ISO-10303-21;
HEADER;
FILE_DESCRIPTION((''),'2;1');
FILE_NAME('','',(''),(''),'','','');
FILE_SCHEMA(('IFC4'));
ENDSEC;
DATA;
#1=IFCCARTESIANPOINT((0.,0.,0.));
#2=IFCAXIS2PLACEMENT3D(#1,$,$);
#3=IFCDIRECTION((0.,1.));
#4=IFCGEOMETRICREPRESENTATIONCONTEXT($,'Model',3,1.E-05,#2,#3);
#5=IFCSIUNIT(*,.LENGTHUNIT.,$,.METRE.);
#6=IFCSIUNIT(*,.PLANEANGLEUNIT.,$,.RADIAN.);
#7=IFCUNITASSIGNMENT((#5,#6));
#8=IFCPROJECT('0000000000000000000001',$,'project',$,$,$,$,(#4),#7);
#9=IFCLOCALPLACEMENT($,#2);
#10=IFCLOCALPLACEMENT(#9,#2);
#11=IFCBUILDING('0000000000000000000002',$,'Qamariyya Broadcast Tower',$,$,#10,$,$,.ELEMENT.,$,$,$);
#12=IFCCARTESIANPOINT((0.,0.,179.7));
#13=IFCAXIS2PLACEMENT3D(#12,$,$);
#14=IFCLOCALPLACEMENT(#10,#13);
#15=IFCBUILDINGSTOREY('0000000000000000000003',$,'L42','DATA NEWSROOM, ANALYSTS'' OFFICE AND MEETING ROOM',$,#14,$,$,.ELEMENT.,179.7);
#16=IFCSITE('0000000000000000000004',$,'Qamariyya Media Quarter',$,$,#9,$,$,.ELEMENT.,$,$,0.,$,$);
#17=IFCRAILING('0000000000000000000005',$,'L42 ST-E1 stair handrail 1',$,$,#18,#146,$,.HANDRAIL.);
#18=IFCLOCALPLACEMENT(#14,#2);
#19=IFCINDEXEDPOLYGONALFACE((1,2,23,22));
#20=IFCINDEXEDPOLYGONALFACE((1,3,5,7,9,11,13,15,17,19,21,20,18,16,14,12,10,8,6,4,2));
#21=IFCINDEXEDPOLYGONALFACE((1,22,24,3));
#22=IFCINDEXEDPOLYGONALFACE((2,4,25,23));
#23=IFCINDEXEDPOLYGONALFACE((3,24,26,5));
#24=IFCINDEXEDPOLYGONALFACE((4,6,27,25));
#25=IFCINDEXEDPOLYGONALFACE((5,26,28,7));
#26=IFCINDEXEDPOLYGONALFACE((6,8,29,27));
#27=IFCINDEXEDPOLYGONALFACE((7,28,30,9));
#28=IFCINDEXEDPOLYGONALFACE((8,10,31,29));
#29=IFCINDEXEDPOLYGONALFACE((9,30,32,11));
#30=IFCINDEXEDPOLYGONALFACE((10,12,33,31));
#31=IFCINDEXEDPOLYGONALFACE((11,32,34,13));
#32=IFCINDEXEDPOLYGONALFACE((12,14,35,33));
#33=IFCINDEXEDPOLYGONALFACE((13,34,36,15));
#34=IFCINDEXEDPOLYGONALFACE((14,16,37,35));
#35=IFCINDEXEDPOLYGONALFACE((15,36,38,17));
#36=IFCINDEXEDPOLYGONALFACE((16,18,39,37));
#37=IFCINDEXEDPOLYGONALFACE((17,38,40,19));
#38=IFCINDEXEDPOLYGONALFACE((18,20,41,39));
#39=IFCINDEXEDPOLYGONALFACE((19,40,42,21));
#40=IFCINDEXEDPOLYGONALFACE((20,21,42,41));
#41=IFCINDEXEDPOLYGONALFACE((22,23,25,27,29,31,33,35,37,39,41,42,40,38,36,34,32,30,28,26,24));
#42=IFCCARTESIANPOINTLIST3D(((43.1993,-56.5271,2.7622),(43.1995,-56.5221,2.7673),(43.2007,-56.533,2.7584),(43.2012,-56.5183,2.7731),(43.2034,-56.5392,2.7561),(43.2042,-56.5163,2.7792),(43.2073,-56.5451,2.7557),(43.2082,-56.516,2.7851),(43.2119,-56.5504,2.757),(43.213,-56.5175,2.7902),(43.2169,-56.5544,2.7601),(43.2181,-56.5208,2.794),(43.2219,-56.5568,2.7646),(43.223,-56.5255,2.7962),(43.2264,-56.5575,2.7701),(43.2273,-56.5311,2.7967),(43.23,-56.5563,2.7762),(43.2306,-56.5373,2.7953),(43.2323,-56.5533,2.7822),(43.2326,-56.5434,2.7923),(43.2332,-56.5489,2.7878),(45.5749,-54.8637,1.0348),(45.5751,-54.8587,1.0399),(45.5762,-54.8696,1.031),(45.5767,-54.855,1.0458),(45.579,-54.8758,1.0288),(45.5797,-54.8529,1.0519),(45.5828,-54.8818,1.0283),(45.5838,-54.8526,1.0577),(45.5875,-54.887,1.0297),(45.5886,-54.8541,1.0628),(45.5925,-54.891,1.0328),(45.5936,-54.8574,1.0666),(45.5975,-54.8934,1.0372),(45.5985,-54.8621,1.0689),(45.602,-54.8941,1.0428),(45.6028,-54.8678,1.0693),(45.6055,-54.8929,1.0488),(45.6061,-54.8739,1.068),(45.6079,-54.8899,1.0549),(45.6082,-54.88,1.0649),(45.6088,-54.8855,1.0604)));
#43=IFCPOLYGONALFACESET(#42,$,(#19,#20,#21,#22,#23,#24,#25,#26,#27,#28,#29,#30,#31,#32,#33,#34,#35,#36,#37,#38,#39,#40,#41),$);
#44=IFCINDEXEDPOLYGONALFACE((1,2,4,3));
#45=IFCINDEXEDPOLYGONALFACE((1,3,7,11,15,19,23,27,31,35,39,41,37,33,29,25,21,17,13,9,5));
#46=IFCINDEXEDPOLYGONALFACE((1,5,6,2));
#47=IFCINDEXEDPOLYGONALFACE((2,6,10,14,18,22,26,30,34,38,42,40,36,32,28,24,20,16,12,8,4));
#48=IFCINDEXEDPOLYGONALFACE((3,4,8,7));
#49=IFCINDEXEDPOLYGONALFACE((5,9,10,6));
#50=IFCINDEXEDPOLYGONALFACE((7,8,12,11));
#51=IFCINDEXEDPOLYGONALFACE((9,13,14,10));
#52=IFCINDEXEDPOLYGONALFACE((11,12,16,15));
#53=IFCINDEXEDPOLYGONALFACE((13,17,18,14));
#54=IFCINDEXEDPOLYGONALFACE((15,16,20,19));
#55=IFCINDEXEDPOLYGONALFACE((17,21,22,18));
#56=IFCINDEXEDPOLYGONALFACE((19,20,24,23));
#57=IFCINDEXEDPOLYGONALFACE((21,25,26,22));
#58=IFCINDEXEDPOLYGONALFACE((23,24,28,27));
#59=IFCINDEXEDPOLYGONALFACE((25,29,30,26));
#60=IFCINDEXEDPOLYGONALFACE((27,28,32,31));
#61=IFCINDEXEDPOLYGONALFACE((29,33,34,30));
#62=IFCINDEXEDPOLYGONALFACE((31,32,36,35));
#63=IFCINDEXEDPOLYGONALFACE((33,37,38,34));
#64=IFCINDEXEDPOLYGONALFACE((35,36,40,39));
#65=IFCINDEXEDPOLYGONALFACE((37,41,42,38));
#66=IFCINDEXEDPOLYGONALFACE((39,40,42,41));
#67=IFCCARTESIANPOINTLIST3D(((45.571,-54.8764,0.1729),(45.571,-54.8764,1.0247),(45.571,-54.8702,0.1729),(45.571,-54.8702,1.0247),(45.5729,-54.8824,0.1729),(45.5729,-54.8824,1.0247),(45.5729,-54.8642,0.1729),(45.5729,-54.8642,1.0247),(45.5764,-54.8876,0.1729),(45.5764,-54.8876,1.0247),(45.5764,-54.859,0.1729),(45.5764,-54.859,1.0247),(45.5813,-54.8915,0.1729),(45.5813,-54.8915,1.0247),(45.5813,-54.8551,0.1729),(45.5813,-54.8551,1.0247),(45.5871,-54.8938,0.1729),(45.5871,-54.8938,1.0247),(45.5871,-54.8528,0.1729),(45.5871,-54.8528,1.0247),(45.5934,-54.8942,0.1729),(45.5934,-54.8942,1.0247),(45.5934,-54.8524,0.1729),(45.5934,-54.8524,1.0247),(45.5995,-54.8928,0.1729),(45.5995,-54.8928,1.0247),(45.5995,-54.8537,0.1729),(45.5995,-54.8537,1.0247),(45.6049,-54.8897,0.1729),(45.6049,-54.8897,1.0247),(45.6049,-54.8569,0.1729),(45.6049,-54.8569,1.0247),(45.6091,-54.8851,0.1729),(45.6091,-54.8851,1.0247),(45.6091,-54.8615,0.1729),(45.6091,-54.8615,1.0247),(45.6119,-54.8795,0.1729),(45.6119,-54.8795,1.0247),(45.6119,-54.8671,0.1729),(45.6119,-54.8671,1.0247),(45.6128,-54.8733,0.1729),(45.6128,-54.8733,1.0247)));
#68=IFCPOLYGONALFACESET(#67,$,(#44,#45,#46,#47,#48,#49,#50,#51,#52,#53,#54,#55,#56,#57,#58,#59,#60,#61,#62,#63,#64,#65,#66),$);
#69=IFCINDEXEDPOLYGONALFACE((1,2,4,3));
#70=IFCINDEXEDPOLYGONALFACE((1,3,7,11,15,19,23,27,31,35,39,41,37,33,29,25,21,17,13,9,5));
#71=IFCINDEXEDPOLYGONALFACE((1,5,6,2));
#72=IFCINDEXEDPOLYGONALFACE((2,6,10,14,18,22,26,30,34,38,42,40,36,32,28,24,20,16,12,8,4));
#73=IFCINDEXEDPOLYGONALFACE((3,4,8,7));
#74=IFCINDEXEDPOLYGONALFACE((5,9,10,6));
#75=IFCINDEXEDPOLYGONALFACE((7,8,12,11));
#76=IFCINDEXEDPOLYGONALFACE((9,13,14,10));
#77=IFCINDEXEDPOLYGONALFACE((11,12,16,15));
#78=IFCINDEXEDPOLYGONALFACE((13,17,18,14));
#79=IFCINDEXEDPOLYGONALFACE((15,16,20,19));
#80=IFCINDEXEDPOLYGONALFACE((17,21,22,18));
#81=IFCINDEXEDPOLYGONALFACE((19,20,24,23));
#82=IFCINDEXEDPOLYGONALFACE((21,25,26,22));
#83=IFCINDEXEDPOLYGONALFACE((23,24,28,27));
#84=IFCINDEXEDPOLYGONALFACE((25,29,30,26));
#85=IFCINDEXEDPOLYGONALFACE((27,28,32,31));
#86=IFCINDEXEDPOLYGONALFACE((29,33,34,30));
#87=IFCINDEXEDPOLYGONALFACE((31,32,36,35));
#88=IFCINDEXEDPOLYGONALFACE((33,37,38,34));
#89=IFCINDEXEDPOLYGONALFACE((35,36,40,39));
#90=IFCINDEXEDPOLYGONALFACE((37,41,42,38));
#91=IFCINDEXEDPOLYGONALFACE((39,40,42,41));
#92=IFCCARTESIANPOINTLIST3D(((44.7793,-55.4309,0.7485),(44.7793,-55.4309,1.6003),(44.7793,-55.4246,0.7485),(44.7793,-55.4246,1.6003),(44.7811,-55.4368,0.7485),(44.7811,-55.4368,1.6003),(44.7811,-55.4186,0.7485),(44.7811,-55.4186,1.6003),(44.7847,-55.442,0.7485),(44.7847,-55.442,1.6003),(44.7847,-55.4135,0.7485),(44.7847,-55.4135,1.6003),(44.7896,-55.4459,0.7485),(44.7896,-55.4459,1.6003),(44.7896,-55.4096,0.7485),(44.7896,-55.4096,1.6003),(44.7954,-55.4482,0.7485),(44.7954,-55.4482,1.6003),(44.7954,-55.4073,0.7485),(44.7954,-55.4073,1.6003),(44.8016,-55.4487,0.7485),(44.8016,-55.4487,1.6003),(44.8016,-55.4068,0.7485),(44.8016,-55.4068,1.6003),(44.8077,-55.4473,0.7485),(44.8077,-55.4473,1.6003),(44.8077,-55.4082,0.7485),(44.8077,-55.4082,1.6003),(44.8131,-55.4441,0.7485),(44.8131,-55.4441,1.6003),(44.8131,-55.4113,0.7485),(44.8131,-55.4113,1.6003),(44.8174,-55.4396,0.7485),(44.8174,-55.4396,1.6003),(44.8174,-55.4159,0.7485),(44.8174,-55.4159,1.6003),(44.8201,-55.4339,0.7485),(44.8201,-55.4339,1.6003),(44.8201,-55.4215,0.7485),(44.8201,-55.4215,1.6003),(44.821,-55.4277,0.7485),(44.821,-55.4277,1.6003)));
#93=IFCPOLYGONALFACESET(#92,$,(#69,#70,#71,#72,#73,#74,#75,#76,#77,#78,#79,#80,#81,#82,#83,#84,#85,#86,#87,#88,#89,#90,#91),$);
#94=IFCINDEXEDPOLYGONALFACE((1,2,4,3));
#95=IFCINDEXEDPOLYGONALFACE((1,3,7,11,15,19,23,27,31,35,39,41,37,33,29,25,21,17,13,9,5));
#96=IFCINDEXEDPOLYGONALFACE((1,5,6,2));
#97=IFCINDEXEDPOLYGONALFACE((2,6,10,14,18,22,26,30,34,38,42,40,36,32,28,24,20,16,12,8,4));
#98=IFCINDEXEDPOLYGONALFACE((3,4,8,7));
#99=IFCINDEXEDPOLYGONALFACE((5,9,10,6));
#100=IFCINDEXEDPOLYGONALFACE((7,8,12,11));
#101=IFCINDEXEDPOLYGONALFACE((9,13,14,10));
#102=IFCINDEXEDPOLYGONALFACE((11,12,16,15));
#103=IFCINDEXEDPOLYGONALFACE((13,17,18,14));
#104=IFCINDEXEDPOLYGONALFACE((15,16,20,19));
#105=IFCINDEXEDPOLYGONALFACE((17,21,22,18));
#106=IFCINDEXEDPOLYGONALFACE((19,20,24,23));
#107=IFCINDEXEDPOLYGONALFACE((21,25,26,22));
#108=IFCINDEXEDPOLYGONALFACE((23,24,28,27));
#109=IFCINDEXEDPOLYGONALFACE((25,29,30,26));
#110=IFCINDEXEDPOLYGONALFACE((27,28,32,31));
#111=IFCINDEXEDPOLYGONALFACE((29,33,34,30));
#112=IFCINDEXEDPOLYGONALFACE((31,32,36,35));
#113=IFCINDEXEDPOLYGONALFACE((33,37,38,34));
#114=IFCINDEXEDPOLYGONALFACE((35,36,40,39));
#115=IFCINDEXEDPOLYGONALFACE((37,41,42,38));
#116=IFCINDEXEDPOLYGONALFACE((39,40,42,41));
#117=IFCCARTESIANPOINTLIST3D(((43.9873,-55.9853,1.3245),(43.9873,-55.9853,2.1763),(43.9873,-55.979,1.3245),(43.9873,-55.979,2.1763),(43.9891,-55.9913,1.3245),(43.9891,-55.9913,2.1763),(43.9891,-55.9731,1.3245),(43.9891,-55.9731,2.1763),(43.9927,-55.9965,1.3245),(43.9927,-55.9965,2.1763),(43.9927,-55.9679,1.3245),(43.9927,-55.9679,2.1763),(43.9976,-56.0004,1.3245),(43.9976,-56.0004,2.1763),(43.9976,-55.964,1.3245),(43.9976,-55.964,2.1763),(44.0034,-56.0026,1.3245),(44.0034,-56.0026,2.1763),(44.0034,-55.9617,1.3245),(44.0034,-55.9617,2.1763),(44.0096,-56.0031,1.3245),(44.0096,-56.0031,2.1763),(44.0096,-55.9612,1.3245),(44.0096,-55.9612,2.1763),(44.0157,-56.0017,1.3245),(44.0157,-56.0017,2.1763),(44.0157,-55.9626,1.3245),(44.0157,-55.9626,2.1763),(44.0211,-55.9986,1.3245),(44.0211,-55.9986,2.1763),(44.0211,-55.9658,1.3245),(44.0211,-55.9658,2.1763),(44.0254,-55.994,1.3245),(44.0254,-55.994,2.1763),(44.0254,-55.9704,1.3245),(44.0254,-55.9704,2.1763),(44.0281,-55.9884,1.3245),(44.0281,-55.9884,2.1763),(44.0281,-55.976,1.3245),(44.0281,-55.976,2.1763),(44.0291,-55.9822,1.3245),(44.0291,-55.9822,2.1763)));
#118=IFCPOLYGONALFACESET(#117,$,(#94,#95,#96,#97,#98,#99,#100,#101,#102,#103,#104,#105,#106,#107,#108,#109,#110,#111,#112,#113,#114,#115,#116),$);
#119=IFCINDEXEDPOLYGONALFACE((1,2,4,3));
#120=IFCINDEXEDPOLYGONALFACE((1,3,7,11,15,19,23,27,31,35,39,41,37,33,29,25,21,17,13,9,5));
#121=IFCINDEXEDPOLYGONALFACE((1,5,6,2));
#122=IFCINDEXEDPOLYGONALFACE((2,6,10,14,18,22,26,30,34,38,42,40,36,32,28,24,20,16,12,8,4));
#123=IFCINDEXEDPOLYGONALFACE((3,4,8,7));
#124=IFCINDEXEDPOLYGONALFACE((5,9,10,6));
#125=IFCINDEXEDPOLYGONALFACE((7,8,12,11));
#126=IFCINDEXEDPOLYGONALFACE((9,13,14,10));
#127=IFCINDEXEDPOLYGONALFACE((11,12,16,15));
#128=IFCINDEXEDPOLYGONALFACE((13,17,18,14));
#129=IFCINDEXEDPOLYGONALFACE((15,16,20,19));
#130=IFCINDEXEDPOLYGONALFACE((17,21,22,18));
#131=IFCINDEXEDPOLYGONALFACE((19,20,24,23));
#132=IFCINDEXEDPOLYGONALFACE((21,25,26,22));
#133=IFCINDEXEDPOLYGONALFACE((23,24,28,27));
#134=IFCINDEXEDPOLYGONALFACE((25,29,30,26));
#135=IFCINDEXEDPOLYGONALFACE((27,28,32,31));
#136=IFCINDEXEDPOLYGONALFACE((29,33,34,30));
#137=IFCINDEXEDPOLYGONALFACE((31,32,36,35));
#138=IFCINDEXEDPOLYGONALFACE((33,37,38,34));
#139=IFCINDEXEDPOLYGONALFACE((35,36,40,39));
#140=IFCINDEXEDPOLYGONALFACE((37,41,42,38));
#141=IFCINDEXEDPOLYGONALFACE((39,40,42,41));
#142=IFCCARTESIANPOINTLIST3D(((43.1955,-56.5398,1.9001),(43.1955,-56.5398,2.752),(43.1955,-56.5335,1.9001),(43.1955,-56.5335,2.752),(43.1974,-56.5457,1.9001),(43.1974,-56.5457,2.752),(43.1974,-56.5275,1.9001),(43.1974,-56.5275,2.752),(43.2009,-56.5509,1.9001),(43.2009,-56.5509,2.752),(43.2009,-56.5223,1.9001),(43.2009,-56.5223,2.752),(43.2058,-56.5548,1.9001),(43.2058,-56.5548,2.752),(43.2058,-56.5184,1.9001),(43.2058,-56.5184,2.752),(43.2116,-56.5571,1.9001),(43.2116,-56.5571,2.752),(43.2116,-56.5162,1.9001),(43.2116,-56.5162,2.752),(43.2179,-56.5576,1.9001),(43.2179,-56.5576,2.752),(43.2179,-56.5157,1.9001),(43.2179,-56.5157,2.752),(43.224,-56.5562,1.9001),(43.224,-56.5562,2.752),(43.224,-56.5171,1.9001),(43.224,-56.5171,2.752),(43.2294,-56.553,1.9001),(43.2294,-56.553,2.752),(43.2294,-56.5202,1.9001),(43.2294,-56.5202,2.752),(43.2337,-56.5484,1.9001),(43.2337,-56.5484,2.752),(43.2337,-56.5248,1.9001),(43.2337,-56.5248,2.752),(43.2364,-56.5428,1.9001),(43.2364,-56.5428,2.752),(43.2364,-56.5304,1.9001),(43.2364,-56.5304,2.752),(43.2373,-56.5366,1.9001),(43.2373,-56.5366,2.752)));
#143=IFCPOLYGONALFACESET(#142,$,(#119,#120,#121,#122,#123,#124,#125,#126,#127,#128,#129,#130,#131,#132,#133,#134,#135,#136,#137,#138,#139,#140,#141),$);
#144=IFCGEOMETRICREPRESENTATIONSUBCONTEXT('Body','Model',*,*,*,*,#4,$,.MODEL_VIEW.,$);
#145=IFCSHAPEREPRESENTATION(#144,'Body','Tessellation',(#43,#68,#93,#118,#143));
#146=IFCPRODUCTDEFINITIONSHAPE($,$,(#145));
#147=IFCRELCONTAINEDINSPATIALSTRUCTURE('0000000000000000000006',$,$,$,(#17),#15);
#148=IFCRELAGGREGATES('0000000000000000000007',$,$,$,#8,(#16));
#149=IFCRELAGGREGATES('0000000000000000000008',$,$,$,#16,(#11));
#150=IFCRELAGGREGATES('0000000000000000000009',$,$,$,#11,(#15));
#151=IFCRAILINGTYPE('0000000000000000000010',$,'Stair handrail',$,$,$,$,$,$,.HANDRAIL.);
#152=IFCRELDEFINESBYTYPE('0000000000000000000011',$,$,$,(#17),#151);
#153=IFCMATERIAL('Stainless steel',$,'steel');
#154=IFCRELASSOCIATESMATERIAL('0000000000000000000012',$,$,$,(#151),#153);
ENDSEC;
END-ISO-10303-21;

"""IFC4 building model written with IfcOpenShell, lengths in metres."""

from ifc_helpers import new_model, si_unit, direction, frame, origin, origin_2d, place, context, subcontext, project, spatial, circle, extrude, material, type_object, element, save


model = new_model("IFC4")

# Units and contexts
model_context = context("Model", 3, precision=1e-05, world=origin(), true_north=direction((0.0, 1.0)))
body_context = subcontext(model_context, "Body", "Model", "MODEL_VIEW")
ifc_project = project(units=[si_unit("LENGTHUNIT", "METRE"), si_unit("PLANEANGLEUNIT", "RADIAN")], contexts=[model_context])

# Site, building, storey
site_placement = place(None, origin())
site = spatial("IfcSite", under=ifc_project, at=site_placement, Name="Qamariyya Media Quarter", CompositionType="ELEMENT", RefElevation=0.0)
building_placement = place(site_placement, origin())
building = spatial("IfcBuilding", under=site, at=building_placement, Name="Qamariyya Broadcast Tower", CompositionType="ELEMENT")
storey_placement = place(building_placement, frame((0.0, 0.0, 179.7)))
storey = spatial("IfcBuildingStorey", under=building, at=storey_placement, Name="L42", Description="DATA NEWSROOM, ANALYSTS' OFFICE AND MEETING ROOM", CompositionType="ELEMENT", Elevation=179.7)

# Railing
ifc_material_1 = material(Name="Stainless steel", Category="steel")
railing_type_1 = type_object("IfcRailingType", Name="Stair handrail", PredefinedType="HANDRAIL", material=ifc_material_1)
railing_1_placement = place(storey_placement, frame((45.5918, -54.8733, 0.1729)))
element("IfcRailing", 1, at=railing_1_placement, inside=storey, type_object=railing_type_1, Name="L42 ST-E1 stair handrail 1", PredefinedType="HANDRAIL", context=body_context, shape_type="SweptSolid", body=[
    extrude(circle(Radius=0.0239, at=origin_2d()), frame((0.0, 0.0, 0.876), z_axis=(-0.70377, -0.492784, 0.511734), x_axis=(0.573575, -0.819153, 0.0)), (0.0, 0.0, 1.0), 3.3755),
    extrude(circle(Radius=0.021, at=origin_2d()), origin(), (0.0, 0.0, 1.0), 0.8518),
    extrude(circle(Radius=0.021, at=origin_2d()), frame((-0.7917, -0.5544, 0.5757)), (0.0, 0.0, 1.0), 0.8518),
    extrude(circle(Radius=0.021, at=origin_2d()), frame((-1.5837, -1.1089, 1.1516)), (0.0, 0.0, 1.0), 0.8518),
    extrude(circle(Radius=0.021, at=origin_2d()), frame((-2.3755, -1.6633, 1.7273)), (0.0, 0.0, 1.0), 0.8518),
])

save(model, "model.ifc")
